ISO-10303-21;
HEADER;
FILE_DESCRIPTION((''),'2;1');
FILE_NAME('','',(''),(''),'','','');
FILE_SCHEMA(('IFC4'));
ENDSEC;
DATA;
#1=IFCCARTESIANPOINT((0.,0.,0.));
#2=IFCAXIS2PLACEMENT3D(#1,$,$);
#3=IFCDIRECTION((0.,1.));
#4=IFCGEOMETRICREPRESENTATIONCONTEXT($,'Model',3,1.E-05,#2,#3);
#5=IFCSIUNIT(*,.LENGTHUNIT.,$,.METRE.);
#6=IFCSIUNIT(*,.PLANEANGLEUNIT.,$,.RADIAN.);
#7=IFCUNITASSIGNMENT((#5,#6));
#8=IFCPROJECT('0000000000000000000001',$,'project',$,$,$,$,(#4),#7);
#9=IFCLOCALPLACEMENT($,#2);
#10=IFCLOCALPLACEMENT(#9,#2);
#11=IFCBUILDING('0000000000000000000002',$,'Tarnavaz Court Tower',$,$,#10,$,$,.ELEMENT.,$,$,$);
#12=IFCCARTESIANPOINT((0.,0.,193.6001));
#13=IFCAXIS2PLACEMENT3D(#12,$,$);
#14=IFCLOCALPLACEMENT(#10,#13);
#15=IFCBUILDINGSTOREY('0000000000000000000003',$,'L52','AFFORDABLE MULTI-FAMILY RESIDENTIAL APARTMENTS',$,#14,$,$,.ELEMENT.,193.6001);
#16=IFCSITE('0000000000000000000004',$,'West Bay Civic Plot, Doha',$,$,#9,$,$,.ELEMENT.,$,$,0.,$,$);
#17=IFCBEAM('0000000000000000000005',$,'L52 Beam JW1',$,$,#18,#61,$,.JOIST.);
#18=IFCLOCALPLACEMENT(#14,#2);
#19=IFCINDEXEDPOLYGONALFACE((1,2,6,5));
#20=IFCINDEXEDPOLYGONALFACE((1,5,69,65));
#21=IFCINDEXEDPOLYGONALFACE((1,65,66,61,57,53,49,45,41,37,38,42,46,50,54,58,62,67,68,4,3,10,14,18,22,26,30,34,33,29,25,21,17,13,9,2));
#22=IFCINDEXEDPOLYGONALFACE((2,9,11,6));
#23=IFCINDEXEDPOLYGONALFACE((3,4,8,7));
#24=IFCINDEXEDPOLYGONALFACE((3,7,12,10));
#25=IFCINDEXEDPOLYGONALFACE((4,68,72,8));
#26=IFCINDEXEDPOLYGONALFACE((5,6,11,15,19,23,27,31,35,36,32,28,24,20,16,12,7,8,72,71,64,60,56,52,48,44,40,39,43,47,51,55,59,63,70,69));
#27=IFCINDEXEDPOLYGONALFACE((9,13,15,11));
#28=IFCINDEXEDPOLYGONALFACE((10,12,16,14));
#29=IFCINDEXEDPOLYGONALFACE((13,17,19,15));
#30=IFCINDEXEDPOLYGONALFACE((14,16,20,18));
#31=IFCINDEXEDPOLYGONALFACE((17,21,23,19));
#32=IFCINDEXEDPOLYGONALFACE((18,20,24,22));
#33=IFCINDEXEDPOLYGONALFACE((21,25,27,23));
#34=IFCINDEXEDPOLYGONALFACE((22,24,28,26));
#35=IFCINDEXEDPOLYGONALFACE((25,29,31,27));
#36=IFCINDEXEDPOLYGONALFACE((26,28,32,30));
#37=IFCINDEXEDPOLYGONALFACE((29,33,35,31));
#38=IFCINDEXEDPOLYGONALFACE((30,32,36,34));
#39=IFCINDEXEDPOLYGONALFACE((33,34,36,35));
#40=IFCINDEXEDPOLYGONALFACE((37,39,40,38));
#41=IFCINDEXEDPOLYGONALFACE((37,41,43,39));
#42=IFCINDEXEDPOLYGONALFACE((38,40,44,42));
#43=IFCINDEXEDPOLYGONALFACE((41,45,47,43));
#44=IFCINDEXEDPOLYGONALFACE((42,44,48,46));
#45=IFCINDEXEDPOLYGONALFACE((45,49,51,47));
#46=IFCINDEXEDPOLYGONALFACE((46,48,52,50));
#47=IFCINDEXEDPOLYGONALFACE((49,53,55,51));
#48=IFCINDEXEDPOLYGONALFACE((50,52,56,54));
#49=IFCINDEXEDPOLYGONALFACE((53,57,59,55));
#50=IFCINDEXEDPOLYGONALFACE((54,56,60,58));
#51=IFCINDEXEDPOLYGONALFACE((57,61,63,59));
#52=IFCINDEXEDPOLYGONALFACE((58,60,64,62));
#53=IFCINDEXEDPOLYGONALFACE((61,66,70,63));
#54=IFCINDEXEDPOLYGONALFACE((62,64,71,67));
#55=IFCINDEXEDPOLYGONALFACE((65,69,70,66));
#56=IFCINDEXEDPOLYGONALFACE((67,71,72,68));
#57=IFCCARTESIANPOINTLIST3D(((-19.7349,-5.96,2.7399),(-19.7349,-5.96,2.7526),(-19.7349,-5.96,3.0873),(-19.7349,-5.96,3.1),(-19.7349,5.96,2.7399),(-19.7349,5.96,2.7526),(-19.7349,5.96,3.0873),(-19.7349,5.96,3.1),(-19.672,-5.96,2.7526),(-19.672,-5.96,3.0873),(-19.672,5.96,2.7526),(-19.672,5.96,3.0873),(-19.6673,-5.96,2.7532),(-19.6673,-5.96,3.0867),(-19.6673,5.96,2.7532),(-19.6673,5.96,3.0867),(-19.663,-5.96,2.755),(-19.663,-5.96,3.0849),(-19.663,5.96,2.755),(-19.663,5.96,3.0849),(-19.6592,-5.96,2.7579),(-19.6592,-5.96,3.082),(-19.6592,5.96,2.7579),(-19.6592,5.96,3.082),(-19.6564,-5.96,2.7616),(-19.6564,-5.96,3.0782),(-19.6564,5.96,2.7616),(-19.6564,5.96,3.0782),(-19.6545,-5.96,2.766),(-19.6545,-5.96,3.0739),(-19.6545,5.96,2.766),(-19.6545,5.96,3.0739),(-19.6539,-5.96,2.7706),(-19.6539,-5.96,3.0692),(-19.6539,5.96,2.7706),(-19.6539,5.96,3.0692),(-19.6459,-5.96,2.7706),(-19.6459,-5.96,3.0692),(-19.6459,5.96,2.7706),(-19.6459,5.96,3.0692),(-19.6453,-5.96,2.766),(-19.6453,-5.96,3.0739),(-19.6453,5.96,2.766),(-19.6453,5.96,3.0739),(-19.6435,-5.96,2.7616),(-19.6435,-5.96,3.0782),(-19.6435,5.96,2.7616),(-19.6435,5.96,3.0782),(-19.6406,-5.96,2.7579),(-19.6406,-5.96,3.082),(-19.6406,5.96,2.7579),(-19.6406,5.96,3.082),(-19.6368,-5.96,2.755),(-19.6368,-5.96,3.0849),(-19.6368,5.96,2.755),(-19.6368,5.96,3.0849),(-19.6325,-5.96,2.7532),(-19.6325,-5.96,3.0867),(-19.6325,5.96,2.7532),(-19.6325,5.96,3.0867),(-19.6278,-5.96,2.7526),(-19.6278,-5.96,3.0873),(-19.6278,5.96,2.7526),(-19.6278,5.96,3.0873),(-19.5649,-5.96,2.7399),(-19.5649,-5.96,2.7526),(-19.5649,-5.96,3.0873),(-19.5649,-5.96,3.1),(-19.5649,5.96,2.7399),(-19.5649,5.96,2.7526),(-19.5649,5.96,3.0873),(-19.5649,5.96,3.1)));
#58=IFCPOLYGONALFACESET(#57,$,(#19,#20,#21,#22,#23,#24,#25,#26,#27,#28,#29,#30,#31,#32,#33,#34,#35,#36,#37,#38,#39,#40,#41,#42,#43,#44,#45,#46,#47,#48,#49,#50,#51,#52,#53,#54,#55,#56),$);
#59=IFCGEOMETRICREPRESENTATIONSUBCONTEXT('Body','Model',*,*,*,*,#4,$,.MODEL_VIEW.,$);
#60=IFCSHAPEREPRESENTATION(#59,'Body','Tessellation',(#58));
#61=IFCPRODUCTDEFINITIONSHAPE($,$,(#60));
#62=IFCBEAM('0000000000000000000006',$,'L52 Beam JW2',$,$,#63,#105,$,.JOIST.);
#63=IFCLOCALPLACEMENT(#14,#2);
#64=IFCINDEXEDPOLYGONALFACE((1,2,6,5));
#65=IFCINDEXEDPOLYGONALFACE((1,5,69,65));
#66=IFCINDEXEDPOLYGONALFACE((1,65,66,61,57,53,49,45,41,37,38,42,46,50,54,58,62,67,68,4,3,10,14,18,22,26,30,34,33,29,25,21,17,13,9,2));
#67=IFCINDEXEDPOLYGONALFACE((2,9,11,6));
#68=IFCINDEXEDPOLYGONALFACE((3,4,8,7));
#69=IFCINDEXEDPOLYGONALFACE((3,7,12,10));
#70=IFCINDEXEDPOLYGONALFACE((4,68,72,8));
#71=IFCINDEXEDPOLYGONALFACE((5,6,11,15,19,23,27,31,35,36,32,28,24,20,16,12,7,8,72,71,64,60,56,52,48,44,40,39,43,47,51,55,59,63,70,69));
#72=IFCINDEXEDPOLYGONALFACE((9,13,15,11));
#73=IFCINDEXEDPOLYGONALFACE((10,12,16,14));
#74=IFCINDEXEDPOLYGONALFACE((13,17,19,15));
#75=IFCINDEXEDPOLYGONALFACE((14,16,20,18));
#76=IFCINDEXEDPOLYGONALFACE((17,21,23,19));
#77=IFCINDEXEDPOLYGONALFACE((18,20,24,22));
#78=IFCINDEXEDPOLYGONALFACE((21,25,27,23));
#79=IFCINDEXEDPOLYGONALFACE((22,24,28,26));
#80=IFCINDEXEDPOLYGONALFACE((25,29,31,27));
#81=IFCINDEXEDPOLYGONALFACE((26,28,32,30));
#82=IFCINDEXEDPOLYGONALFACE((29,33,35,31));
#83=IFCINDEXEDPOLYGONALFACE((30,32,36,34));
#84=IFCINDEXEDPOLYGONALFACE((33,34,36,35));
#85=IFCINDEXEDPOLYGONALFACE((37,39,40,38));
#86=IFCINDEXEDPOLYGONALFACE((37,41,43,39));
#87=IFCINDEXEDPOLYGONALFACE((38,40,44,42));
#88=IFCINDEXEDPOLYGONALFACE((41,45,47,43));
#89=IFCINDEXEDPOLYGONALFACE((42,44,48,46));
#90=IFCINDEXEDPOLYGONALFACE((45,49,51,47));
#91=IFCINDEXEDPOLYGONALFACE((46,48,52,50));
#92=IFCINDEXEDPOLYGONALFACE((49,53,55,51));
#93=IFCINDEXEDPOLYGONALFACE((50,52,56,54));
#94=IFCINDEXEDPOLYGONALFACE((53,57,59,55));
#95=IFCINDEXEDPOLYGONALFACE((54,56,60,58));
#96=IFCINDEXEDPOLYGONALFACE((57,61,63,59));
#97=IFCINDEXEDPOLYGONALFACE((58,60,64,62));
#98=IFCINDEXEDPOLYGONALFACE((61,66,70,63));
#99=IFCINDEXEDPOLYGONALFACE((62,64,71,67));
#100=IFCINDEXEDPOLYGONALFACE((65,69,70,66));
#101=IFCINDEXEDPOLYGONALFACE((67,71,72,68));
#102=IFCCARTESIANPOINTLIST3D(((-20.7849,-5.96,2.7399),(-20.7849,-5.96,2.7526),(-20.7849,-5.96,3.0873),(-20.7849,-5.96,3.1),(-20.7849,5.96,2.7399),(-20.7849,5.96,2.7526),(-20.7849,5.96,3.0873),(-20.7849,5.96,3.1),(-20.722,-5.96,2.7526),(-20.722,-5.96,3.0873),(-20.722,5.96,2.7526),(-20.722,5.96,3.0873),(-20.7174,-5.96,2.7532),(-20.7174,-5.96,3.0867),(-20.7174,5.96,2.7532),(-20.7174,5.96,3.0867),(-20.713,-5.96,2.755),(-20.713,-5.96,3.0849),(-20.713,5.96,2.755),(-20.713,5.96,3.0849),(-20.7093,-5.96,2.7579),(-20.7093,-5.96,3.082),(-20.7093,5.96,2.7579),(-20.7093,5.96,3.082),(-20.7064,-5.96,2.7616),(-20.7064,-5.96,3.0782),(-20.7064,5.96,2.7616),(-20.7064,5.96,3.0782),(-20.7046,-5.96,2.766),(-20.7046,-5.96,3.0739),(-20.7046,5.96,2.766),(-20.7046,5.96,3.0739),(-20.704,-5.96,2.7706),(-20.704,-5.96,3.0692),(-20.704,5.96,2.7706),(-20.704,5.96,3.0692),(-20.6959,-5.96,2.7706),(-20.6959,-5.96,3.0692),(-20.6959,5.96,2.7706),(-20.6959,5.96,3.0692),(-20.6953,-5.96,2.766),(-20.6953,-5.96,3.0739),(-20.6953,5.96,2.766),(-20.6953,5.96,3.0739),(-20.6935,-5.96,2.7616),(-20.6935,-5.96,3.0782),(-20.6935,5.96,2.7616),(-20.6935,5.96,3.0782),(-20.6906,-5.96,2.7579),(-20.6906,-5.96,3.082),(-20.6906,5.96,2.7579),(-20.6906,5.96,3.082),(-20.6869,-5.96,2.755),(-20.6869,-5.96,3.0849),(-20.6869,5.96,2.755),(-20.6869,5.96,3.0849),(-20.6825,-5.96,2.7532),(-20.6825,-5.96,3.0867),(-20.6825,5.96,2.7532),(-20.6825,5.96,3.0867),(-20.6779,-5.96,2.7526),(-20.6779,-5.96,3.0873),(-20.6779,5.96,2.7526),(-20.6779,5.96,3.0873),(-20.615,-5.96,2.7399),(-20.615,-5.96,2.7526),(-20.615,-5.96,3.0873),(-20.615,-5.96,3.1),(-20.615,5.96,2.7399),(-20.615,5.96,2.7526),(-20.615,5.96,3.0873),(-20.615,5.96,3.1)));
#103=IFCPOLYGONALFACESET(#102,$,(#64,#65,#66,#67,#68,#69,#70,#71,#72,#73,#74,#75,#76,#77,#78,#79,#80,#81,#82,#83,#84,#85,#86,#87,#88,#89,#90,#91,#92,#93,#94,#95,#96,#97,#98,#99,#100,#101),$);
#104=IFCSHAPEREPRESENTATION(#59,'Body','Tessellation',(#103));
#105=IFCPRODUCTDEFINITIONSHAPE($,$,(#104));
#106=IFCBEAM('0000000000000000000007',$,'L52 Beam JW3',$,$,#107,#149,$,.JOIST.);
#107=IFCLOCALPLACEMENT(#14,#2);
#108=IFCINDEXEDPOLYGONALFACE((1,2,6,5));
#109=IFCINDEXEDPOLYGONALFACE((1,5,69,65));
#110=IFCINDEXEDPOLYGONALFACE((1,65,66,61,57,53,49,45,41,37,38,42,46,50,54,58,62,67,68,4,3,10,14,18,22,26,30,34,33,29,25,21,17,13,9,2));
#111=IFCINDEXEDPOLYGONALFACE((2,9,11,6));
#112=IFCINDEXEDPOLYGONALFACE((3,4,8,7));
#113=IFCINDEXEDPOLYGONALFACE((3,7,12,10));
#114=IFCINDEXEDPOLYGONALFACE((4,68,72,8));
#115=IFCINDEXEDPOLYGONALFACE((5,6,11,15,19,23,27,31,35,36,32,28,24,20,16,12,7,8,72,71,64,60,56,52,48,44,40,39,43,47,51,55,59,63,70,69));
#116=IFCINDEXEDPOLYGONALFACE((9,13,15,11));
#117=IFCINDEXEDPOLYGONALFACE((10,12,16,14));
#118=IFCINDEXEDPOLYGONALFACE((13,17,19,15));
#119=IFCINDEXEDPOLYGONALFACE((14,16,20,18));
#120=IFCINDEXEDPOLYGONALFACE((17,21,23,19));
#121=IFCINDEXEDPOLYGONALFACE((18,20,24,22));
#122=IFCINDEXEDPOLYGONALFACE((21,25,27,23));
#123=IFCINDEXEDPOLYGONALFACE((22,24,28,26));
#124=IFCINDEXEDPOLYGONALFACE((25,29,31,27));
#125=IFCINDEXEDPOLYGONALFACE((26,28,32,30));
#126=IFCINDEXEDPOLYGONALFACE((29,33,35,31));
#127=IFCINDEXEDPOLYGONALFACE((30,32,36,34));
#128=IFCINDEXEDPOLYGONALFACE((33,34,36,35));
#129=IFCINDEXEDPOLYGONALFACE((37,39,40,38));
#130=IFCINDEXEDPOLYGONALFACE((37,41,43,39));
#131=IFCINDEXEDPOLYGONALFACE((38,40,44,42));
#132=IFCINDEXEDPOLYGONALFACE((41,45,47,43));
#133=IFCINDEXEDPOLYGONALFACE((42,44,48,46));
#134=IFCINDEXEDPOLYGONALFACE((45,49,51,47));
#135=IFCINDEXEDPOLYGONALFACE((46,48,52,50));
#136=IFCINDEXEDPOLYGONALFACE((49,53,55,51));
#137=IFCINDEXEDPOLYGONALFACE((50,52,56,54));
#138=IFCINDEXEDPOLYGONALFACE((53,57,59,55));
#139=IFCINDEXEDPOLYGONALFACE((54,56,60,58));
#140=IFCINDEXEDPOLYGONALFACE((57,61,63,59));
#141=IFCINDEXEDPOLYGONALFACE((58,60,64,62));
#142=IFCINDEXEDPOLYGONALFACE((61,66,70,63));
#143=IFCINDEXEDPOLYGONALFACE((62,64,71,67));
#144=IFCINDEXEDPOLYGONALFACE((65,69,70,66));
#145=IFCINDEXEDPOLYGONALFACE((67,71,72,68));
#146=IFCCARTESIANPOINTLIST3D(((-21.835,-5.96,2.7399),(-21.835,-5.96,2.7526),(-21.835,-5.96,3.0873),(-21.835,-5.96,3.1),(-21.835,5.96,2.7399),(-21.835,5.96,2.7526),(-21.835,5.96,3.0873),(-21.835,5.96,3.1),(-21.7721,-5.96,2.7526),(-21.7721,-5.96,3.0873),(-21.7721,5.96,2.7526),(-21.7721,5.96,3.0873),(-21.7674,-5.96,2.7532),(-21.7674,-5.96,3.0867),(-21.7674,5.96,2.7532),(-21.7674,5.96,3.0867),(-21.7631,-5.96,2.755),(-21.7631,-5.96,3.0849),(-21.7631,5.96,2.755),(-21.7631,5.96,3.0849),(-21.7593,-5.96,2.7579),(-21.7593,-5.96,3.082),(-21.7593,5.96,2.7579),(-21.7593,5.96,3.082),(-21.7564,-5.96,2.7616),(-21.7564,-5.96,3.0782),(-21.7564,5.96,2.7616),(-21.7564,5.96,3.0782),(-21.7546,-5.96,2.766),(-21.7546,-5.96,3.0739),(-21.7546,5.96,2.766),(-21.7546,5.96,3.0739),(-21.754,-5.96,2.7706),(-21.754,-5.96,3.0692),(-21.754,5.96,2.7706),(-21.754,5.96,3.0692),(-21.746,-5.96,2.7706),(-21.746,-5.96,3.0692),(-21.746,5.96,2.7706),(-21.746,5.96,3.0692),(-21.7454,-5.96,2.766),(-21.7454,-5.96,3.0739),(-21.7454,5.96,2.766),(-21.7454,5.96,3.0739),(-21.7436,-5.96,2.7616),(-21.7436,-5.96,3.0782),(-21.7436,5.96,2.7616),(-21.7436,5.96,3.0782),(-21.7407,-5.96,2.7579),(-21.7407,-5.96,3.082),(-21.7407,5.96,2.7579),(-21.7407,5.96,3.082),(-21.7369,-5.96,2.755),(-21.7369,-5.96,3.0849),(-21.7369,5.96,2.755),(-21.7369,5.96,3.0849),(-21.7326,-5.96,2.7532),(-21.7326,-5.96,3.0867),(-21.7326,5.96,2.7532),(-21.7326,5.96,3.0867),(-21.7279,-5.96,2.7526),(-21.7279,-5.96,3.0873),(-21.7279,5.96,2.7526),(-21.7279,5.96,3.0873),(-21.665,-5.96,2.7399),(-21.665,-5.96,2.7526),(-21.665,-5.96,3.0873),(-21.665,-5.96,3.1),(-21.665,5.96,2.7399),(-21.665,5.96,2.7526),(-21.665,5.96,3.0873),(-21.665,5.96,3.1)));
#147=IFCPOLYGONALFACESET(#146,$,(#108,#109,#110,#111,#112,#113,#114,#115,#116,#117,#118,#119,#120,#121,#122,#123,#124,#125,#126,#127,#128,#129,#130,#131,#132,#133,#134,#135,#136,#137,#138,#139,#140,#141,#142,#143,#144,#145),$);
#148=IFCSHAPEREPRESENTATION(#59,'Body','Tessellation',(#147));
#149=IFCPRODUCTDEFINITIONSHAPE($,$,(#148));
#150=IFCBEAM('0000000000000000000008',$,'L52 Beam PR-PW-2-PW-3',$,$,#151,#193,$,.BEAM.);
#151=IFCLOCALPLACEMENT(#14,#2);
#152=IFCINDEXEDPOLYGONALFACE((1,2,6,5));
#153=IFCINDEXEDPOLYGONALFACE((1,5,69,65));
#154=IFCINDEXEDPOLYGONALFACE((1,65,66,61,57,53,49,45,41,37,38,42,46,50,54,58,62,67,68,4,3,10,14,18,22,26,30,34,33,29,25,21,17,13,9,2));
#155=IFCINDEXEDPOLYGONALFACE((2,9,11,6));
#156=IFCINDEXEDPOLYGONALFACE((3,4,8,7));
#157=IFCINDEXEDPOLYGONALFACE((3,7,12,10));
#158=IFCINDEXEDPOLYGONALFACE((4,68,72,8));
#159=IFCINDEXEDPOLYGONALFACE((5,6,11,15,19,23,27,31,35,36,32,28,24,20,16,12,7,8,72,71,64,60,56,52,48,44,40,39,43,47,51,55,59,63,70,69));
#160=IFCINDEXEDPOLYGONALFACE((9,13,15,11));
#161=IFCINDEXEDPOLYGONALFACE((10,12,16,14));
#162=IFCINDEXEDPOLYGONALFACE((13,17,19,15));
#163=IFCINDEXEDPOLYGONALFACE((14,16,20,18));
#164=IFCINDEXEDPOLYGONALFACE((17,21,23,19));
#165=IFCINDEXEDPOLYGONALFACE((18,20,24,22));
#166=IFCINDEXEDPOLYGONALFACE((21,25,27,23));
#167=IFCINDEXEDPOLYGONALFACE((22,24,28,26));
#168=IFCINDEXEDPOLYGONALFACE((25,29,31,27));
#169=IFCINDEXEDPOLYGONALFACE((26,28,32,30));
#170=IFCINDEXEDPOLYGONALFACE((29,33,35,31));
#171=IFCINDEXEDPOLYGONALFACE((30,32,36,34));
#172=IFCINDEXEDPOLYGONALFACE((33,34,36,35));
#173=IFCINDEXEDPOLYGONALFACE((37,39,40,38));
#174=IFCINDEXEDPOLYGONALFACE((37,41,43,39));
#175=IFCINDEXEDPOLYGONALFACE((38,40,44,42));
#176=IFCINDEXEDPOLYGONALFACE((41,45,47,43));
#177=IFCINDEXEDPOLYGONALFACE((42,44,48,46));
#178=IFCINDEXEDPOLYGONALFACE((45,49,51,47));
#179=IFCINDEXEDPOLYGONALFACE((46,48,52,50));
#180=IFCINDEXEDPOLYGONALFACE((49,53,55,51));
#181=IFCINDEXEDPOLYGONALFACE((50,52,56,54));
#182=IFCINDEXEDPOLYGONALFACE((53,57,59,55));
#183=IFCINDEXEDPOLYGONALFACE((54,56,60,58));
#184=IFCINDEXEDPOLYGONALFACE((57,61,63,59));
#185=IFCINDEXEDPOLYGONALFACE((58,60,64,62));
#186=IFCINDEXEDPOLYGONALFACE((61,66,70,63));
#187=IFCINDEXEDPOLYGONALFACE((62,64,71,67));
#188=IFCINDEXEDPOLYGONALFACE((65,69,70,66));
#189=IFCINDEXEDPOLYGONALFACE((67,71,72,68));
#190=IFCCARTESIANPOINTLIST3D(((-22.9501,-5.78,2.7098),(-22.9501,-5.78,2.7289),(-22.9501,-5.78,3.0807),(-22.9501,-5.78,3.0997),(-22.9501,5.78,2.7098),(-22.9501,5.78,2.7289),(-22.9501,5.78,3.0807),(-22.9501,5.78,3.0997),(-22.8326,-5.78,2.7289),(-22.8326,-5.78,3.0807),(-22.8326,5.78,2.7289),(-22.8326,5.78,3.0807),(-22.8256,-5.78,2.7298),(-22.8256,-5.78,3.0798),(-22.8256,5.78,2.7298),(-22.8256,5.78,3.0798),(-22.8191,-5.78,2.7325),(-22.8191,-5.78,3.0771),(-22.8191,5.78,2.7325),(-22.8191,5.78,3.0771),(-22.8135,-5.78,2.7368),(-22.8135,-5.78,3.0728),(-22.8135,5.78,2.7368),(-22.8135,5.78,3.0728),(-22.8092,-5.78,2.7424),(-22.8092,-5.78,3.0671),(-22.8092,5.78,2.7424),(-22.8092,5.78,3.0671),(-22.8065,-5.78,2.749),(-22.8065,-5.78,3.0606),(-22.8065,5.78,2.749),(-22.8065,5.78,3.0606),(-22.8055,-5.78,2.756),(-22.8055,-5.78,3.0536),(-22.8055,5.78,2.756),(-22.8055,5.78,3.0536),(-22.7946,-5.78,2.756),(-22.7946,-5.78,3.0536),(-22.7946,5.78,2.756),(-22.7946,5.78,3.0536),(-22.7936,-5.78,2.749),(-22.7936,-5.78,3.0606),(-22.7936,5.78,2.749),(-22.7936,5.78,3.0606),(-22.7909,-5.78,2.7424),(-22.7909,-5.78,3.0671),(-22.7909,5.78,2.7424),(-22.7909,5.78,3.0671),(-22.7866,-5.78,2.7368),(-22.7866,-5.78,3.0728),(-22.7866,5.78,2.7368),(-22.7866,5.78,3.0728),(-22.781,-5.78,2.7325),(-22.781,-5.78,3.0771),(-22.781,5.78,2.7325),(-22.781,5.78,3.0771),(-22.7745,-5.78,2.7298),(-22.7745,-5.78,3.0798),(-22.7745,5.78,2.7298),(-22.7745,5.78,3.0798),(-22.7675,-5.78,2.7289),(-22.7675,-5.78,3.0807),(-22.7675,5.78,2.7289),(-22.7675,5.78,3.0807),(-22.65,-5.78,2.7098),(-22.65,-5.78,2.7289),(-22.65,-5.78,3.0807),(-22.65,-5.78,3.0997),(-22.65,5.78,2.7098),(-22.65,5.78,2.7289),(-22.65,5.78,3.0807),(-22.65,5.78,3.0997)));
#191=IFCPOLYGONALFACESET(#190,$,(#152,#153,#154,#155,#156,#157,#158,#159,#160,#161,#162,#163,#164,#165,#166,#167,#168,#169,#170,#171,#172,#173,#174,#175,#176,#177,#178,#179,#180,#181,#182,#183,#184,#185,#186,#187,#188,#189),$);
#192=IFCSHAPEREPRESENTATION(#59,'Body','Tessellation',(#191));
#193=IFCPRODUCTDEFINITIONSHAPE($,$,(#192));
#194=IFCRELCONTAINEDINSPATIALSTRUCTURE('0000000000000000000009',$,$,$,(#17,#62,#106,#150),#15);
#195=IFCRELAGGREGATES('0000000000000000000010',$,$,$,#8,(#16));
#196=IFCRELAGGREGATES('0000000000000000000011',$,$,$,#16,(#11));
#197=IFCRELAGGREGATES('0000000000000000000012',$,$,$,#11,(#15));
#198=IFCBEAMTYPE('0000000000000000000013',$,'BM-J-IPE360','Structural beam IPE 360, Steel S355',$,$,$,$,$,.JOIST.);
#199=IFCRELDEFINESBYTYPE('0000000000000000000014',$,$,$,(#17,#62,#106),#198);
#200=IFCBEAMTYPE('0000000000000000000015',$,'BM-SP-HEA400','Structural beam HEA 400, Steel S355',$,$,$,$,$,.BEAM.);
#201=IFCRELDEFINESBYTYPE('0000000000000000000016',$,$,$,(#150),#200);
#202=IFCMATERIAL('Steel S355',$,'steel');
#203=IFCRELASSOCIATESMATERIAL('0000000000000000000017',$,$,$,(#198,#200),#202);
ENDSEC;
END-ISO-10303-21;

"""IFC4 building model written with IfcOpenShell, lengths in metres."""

from ifc_helpers import new_model, si_unit, direction, frame, origin, origin_2d, place, context, subcontext, project, spatial, i_section, extrude, material, material_profile, profile_set, type_object, element, save


model = new_model("IFC4")

# Units and contexts
model_context = context("Model", 3, precision=1e-05, world=origin(), true_north=direction((0.0, 1.0)))
body_context = subcontext(model_context, "Body", "Model", "MODEL_VIEW")
ifc_project = project(units=[si_unit("LENGTHUNIT", "METRE"), si_unit("PLANEANGLEUNIT", "RADIAN")], contexts=[model_context])

# Site, building, storey
site_placement = place(None, origin())
site = spatial("IfcSite", under=ifc_project, at=site_placement, Name="West Bay Civic Plot, Doha", CompositionType="ELEMENT", RefElevation=0.0)
building_placement = place(site_placement, origin())
building = spatial("IfcBuilding", under=site, at=building_placement, Name="Tarnavaz Court Tower", CompositionType="ELEMENT")
storey_placement = place(building_placement, frame((0.0, 0.0, 193.6001)))
storey = spatial("IfcBuildingStorey", under=building, at=storey_placement, Name="L52", Description="AFFORDABLE MULTI-FAMILY RESIDENTIAL APARTMENTS", CompositionType="ELEMENT", Elevation=193.6001)

# Beams
ifc_material_1 = material(Name="Steel S355", Category="steel")
ifc_material_profile_1 = material_profile(ifc_material_1, i_section(OverallWidth=0.1699, OverallDepth=0.3601, WebThickness=0.0081, FlangeThickness=0.0127, FilletRadius=0.0181, at=origin_2d()), Name="IPE 360")
ifc_profile_set_1 = profile_set([ifc_material_profile_1], Name="Steel S355")
beam_type_1 = type_object("IfcBeamType", Name="BM-J-IPE360", Description="Structural beam IPE 360, Steel S355", PredefinedType="JOIST", material=ifc_profile_set_1)
for number, where, z_axis, x_axis, name in (
    (1, (-19.6499, -5.96, 2.9199), (0.0, 1.0, 0.0), (-1.0, 0.0, 0.0), "L52 Beam JW1"),
    (2, (-20.7, -5.96, 2.9199), (0.0, 1.0, 0.0), (-1.0, 0.0, 0.0), "L52 Beam JW2"),
    (3, (-21.75, -5.96, 2.9199), (0.0, 1.0, 0.0), (-1.0, 0.0, 0.0), "L52 Beam JW3"),
):
    element("IfcBeam", number, at=place(storey_placement, frame(where, z_axis=z_axis, x_axis=x_axis)), inside=storey, type_object=beam_type_1, Name=name, PredefinedType="JOIST", context=body_context, shape_type="SweptSolid", body=[
        extrude(i_section(OverallWidth=0.1699, OverallDepth=0.3601, WebThickness=0.0081, FlangeThickness=0.0127, FilletRadius=0.0181, at=origin_2d()), origin(), (0.0, 0.0, 1.0), 11.9199),
    ])
ifc_material_profile_2 = material_profile(ifc_material_1, i_section(OverallWidth=0.3, OverallDepth=0.3899, WebThickness=0.011, FlangeThickness=0.019, FilletRadius=0.0271, at=origin_2d()), Name="HEA 400")
ifc_profile_set_2 = profile_set([ifc_material_profile_2], Name="Steel S355")
beam_type_2 = type_object("IfcBeamType", Name="BM-SP-HEA400", Description="Structural beam HEA 400, Steel S355", PredefinedType="BEAM", material=ifc_profile_set_2)
beam_1_placement = place(storey_placement, frame((-22.8, -5.78, 2.9048), z_axis=(0.0, 1.0, 0.0), x_axis=(-1.0, 0.0, 0.0)))
element("IfcBeam", 4, at=beam_1_placement, inside=storey, type_object=beam_type_2, Name="L52 Beam PR-PW-2-PW-3", PredefinedType="BEAM", context=body_context, shape_type="SweptSolid", body=[
    extrude(i_section(OverallWidth=0.3, OverallDepth=0.3899, WebThickness=0.011, FlangeThickness=0.019, FilletRadius=0.0271, at=origin_2d()), origin(), (0.0, 0.0, 1.0), 11.5601),
])

save(model, "model.ifc")
